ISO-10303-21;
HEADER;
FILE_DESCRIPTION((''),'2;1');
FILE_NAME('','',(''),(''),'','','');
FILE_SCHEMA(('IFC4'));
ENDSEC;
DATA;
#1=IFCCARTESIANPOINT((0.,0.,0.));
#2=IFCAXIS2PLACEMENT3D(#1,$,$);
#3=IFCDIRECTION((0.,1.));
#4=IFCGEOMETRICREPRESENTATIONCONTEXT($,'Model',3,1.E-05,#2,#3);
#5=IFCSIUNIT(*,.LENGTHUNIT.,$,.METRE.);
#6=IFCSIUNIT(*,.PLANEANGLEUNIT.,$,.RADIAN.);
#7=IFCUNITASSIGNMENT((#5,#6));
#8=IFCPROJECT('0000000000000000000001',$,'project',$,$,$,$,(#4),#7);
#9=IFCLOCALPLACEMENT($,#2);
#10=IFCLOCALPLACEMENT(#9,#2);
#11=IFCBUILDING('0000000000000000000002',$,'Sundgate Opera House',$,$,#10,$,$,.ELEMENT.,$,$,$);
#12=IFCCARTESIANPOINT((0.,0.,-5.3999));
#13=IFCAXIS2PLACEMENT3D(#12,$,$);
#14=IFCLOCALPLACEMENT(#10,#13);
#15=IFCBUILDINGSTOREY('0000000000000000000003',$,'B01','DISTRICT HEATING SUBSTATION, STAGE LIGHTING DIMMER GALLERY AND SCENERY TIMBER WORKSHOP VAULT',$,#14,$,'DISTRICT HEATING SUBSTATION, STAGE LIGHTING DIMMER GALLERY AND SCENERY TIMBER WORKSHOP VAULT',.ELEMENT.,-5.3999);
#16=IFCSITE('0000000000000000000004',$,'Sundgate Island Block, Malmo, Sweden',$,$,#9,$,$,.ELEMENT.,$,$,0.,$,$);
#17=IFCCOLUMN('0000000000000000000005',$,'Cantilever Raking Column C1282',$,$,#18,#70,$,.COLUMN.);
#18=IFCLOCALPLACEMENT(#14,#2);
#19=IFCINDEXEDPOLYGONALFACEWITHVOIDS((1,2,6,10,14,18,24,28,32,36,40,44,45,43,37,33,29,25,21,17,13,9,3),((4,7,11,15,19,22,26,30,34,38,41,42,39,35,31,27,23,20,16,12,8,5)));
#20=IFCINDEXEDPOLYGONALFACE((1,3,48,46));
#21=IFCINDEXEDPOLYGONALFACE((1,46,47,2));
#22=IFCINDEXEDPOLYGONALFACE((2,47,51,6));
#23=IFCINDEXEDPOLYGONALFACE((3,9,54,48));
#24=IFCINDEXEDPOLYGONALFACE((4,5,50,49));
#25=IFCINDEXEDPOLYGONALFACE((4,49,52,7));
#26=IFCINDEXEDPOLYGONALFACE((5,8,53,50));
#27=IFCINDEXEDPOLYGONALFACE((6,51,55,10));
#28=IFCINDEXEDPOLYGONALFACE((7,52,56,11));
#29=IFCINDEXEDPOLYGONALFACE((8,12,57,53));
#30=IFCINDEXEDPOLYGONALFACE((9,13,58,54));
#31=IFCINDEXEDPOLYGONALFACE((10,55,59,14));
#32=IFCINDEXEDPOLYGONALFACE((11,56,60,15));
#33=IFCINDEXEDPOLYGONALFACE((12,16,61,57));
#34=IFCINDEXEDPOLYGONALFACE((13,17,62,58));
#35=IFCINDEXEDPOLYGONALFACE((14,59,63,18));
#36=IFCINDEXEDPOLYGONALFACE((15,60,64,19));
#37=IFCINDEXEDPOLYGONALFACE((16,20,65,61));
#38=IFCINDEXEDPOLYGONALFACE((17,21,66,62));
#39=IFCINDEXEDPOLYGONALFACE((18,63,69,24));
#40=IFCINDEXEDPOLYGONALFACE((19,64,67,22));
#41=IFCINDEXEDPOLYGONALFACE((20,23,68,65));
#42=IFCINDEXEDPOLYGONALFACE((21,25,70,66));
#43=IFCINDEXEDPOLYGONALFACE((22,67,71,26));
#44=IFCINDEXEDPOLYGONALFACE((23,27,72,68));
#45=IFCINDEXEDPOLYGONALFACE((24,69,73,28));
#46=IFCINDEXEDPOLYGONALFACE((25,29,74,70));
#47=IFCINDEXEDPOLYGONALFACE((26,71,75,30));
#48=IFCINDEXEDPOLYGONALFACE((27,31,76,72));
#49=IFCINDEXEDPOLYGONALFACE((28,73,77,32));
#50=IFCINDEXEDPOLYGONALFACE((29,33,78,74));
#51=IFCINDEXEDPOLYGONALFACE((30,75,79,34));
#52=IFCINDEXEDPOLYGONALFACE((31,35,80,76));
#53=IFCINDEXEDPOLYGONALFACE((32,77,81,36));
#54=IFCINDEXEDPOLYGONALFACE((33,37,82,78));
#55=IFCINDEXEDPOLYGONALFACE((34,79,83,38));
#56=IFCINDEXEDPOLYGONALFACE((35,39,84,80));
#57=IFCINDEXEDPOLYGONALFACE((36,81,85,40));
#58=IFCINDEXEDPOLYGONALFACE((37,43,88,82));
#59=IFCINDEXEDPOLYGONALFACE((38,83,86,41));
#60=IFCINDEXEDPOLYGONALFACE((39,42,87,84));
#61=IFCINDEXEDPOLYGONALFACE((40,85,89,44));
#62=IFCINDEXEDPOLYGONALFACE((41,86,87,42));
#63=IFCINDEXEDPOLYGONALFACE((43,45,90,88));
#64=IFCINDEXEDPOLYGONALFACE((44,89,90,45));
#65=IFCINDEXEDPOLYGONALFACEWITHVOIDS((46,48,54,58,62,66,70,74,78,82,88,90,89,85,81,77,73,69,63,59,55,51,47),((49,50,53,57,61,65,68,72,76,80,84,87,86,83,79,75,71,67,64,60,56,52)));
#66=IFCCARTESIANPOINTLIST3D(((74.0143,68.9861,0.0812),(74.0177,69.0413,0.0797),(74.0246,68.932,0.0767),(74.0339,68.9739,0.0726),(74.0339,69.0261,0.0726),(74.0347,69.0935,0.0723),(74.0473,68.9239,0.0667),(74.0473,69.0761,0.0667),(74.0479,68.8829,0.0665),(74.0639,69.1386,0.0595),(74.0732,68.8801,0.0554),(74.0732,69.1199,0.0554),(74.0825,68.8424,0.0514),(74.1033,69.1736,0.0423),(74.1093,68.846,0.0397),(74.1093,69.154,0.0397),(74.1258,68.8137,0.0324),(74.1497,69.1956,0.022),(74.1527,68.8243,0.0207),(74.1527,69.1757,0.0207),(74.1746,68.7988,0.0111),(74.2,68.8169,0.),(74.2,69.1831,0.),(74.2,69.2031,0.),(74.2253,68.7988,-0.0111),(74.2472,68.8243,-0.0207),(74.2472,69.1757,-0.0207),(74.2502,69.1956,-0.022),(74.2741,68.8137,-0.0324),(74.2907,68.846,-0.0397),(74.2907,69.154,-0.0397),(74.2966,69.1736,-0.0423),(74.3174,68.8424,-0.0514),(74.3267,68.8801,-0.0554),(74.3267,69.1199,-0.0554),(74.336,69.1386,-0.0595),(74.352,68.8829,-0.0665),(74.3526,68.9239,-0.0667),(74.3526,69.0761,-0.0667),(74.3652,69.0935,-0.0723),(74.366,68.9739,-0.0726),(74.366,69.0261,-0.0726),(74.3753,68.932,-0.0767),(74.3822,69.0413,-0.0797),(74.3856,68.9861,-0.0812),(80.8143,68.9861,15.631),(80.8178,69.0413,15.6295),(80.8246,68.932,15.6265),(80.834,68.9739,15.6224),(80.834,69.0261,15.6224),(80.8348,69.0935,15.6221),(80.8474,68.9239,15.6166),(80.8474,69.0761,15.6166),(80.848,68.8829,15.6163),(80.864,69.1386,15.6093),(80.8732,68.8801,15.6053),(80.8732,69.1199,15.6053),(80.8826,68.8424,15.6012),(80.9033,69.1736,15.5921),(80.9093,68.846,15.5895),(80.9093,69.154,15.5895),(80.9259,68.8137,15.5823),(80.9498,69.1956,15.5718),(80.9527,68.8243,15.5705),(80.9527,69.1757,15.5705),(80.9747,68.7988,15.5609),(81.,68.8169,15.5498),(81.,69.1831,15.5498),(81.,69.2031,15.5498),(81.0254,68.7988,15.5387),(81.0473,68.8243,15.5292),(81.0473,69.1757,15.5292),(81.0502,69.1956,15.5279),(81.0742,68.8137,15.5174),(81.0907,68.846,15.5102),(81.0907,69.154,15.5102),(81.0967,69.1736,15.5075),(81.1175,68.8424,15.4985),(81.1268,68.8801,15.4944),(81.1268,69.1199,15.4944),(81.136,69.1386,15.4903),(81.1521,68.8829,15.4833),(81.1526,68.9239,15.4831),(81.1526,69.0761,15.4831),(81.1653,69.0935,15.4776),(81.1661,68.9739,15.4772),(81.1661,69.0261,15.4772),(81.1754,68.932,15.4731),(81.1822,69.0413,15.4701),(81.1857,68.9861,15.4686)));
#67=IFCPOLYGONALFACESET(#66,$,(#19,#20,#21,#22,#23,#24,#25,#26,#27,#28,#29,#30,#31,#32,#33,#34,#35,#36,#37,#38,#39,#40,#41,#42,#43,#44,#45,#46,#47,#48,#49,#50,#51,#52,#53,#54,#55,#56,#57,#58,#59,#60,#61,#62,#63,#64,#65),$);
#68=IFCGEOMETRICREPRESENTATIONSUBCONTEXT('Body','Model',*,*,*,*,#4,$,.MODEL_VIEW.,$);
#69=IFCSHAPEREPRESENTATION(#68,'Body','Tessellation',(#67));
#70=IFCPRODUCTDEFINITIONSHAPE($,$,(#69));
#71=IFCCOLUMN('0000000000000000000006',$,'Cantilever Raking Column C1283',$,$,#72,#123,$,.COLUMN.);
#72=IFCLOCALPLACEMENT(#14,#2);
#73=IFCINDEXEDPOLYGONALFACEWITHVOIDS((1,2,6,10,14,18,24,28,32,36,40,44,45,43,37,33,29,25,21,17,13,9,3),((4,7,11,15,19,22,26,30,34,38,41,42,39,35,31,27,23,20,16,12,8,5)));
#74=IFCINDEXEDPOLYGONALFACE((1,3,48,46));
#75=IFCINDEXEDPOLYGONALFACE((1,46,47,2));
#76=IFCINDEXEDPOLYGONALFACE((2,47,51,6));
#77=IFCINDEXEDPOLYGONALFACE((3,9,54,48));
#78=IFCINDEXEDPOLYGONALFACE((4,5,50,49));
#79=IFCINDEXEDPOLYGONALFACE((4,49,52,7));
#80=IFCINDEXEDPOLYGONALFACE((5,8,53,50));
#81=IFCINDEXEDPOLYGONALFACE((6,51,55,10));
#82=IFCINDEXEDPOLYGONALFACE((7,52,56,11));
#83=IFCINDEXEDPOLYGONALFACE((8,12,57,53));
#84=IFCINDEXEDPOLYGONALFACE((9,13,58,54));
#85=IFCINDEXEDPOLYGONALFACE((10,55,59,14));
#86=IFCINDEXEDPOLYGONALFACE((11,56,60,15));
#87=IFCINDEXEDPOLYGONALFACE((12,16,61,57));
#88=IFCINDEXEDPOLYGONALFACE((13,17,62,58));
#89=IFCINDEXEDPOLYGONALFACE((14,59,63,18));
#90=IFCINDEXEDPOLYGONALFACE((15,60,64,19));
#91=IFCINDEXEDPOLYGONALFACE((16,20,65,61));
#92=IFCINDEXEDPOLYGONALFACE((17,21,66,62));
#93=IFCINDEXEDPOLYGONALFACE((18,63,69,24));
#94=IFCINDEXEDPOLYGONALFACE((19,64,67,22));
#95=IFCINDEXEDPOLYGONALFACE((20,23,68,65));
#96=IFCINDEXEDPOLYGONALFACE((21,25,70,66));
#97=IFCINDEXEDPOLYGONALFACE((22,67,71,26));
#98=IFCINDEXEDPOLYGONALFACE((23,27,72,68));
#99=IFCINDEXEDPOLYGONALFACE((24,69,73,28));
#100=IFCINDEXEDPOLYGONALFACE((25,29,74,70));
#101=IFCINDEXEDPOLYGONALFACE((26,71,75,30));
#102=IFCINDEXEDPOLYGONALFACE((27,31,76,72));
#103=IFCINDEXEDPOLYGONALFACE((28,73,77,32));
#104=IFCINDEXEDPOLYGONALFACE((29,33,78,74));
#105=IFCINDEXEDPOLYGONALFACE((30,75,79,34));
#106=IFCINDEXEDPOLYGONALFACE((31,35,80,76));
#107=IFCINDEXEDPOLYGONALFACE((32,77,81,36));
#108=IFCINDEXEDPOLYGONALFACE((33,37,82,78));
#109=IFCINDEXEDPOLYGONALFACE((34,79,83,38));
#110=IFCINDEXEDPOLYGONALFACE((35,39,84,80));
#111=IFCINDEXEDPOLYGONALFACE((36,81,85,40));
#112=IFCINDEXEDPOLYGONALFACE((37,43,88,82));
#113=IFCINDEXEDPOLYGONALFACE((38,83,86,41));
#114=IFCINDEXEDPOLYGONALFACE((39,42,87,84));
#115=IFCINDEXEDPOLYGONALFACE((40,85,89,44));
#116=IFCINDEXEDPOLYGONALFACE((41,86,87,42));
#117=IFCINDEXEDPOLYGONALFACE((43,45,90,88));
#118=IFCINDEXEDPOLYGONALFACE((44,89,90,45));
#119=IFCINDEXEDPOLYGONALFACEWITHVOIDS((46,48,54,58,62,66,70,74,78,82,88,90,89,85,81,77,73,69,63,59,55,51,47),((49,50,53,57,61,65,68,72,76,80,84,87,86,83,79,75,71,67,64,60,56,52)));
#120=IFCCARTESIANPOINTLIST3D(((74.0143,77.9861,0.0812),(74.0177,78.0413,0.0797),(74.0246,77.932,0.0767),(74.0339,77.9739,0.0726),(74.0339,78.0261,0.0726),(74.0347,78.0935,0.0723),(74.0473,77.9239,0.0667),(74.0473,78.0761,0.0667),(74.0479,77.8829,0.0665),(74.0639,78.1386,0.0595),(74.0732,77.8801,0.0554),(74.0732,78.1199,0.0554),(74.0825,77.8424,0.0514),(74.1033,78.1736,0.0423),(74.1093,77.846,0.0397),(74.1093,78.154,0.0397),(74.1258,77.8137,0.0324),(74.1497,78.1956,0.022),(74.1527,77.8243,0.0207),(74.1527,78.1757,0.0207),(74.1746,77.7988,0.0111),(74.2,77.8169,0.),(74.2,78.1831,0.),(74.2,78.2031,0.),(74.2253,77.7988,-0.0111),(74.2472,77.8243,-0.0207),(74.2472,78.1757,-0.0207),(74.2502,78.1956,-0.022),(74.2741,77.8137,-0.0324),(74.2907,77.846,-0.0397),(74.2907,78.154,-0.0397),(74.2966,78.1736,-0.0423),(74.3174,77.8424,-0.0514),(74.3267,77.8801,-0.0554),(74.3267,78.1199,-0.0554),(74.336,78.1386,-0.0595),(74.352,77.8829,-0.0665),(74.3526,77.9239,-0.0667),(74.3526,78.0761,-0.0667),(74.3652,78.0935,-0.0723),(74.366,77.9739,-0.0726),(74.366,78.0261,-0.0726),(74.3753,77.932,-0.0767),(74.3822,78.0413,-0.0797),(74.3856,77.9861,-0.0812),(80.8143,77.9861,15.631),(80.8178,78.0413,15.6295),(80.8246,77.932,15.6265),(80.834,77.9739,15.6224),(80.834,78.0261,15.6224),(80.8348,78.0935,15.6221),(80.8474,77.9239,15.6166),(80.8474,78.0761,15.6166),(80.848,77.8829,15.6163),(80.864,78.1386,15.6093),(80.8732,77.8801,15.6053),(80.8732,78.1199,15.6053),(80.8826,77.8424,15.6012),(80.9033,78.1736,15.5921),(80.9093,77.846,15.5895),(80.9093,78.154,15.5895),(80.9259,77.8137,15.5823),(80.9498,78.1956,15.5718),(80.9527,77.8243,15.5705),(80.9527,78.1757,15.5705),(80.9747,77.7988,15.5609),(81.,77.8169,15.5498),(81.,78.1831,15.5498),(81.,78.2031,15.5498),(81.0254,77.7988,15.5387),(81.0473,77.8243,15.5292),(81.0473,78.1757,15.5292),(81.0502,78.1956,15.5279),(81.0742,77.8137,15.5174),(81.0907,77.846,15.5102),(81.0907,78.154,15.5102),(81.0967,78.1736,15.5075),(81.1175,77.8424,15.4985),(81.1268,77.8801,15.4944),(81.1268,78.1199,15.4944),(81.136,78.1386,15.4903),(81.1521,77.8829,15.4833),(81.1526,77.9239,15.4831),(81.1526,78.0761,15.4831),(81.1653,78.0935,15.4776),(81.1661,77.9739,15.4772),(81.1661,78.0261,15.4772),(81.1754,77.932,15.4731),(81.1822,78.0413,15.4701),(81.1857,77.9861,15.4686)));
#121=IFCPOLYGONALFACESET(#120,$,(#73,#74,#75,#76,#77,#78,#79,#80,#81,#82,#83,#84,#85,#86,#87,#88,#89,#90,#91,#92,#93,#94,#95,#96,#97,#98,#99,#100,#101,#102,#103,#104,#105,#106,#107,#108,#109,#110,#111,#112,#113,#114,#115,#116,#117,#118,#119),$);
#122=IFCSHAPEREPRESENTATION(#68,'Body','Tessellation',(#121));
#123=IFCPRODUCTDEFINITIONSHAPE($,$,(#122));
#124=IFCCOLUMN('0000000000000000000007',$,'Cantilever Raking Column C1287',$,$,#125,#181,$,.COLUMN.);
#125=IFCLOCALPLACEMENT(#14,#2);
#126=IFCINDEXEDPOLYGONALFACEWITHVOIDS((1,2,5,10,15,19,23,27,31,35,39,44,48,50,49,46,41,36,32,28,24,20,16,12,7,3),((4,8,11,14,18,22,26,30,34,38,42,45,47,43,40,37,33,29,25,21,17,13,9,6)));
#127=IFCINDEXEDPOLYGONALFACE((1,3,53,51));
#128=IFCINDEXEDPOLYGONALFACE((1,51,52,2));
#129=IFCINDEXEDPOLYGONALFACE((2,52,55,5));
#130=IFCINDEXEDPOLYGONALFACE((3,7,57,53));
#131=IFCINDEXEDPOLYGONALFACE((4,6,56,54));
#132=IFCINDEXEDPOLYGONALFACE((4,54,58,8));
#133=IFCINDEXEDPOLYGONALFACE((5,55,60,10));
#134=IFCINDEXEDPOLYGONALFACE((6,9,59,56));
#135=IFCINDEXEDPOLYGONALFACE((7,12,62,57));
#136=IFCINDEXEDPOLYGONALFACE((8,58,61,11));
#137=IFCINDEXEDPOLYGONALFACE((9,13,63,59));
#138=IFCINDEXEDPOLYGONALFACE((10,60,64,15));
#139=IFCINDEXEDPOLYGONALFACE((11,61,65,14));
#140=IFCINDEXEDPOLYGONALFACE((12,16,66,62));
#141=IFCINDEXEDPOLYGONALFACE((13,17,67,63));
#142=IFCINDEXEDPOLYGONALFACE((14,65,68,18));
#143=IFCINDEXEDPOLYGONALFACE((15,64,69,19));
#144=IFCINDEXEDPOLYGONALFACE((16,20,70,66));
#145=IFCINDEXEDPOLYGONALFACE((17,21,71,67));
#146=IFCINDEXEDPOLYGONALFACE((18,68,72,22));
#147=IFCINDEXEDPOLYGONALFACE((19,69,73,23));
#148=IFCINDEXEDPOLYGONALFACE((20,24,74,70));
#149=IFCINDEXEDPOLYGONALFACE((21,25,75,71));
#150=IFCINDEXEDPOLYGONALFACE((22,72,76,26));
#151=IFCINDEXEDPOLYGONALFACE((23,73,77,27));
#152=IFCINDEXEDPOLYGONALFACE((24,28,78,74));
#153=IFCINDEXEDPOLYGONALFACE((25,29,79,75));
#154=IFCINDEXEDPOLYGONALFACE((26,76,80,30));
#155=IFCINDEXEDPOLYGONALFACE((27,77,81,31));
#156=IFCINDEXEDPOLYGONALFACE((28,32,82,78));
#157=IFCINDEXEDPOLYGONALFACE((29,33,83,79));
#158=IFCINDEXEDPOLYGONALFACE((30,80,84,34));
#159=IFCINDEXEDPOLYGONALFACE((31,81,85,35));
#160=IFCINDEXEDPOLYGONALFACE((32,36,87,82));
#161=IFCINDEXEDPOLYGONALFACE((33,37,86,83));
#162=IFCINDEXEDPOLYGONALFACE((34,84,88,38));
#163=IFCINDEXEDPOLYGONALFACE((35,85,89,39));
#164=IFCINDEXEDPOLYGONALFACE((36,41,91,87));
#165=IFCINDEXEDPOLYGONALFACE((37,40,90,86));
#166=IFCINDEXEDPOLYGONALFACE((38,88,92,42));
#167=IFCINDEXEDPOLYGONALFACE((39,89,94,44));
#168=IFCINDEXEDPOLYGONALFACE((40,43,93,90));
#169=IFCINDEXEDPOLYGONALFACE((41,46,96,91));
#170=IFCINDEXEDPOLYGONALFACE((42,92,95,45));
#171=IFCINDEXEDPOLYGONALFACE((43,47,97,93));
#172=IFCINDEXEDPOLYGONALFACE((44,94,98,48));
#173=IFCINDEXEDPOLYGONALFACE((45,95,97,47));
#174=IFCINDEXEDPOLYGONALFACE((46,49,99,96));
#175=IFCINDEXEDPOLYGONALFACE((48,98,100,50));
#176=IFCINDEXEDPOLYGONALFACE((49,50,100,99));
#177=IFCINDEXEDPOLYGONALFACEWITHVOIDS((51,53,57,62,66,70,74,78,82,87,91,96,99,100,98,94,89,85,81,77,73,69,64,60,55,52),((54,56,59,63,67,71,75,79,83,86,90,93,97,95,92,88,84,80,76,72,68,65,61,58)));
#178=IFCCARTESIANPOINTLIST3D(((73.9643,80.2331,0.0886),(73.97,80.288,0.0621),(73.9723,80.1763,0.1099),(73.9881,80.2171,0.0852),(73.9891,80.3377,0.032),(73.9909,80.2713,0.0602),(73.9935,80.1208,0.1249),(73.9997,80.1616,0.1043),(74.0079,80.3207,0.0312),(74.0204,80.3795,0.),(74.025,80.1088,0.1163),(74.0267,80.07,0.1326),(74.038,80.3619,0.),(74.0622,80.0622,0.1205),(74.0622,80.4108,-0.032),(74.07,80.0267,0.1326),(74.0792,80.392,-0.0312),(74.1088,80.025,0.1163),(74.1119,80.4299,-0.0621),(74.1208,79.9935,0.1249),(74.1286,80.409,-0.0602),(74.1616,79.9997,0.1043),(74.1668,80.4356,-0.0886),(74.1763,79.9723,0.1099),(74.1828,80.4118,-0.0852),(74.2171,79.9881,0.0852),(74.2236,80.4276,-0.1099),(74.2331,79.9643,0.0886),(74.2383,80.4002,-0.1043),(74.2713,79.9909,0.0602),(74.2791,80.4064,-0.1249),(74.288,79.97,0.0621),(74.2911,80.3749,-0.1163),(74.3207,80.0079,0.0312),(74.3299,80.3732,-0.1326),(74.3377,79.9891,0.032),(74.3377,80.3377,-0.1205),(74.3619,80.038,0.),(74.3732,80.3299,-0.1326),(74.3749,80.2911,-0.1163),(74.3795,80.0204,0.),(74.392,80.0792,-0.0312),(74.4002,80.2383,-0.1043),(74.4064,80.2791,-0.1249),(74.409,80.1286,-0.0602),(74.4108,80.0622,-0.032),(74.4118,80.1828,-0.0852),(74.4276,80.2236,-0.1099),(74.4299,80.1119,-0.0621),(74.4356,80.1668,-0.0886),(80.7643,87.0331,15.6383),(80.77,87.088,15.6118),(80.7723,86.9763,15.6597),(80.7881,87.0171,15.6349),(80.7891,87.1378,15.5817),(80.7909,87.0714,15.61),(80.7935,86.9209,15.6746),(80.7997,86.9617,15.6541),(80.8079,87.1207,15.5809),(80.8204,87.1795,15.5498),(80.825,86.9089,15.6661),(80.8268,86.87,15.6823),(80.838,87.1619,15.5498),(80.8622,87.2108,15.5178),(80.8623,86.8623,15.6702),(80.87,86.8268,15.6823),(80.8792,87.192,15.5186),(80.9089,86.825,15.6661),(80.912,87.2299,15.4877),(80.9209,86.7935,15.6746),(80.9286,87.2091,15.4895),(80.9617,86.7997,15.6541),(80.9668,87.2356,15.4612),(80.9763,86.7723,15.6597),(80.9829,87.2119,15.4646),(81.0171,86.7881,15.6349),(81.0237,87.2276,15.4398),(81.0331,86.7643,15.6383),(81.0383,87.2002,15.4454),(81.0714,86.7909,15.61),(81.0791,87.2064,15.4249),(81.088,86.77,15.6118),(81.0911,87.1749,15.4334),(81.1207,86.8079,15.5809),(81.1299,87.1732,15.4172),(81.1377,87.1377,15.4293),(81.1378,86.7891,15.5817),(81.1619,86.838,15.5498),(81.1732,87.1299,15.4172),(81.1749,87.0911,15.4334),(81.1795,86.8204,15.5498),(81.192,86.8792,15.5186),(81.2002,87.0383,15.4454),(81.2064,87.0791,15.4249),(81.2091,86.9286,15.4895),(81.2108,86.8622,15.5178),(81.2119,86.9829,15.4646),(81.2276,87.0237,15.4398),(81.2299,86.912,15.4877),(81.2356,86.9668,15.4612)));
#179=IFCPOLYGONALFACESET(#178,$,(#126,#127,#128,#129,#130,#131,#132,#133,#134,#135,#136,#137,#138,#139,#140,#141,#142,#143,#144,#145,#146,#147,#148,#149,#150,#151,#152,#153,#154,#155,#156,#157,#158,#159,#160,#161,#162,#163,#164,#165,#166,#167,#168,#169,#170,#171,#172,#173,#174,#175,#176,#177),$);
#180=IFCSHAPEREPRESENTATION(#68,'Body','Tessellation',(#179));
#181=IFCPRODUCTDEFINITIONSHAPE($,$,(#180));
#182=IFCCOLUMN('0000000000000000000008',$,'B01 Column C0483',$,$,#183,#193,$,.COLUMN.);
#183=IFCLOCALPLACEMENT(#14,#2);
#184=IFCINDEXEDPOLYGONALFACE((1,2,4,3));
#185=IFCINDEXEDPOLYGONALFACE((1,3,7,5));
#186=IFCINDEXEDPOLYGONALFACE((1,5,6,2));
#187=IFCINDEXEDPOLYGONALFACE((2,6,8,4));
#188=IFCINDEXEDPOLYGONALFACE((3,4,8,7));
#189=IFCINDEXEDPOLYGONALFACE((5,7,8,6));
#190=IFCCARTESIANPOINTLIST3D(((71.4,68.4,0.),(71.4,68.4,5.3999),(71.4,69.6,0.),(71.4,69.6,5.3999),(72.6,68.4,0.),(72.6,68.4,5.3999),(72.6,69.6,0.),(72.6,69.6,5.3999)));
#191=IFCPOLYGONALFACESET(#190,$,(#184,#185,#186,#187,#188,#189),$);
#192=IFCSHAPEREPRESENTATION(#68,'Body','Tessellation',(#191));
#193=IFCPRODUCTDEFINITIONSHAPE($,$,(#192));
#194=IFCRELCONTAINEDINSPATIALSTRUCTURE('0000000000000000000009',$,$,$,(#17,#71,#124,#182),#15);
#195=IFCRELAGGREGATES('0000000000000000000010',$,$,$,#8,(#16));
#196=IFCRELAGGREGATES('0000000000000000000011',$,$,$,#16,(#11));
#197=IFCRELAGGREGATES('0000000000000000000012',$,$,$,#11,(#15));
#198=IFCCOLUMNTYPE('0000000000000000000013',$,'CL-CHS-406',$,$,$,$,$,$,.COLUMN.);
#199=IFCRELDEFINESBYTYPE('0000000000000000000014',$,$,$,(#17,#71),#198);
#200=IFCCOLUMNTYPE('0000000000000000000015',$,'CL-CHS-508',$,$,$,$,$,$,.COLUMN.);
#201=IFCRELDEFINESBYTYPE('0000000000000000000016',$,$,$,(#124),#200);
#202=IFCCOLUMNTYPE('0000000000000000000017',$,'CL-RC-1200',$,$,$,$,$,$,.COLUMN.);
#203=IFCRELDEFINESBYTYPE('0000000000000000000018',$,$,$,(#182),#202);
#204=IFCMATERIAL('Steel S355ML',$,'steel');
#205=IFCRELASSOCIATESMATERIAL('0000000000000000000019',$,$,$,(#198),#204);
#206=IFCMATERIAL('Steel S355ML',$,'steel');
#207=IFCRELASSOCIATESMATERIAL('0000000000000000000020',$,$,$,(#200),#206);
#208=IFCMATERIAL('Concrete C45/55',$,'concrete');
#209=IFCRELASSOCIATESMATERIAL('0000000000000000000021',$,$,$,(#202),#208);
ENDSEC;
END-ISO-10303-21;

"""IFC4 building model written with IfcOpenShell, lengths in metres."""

from ifc_helpers import new_model, si_unit, direction, frame, origin, origin_2d, place, context, subcontext, project, spatial, rectangle, hollow_circle, extrude, material, material_profile, profile_set, type_object, element, save


model = new_model("IFC4")

# Units and contexts
model_context = context("Model", 3, precision=1e-05, world=origin(), true_north=direction((0.0, 1.0)))
body_context = subcontext(model_context, "Body", "Model", "MODEL_VIEW")
ifc_project = project(units=[si_unit("LENGTHUNIT", "METRE"), si_unit("PLANEANGLEUNIT", "RADIAN")], contexts=[model_context])

# Site, building, storey
site_placement = place(None, origin())
site = spatial("IfcSite", under=ifc_project, at=site_placement, Name="Sundgate Island Block, Malmo, Sweden", CompositionType="ELEMENT", RefElevation=0.0)
building_placement = place(site_placement, origin())
building = spatial("IfcBuilding", under=site, at=building_placement, Name="Sundgate Opera House", CompositionType="ELEMENT")
storey_placement = place(building_placement, frame((0.0, 0.0, -5.3999)))
storey = spatial("IfcBuildingStorey", under=building, at=storey_placement, Name="B01", Description="DISTRICT HEATING SUBSTATION, STAGE LIGHTING DIMMER GALLERY AND SCENERY TIMBER WORKSHOP VAULT", LongName="DISTRICT HEATING SUBSTATION, STAGE LIGHTING DIMMER GALLERY AND SCENERY TIMBER WORKSHOP VAULT", CompositionType="ELEMENT", Elevation=-5.3999)

# Columns
ifc_material_1 = material(Name="Steel S355ML", Category="steel")
ifc_material_profile_1 = material_profile(ifc_material_1, hollow_circle(Radius=0.2031, WallThickness=0.02, at=origin_2d()), Name="CHS 406.4x20.0")
ifc_profile_set_1 = profile_set([ifc_material_profile_1], Name="Steel S355ML")
column_type_1 = type_object("IfcColumnType", Name="CL-CHS-406", PredefinedType="COLUMN", material=ifc_profile_set_1)
for number, where, z_axis, x_axis, name in (
    (1, (74.2, 69.0, 0.0), (0.400671, 0.0, 0.916222), (0.0, 1.0, 0.0), "Cantilever Raking Column C1282"),
    (2, (74.2, 78.0, 0.0), (0.400671, 0.0, 0.916222), (0.0, 1.0, 0.0), "Cantilever Raking Column C1283"),
):
    element("IfcColumn", number, at=place(storey_placement, frame(where, z_axis=z_axis, x_axis=x_axis)), inside=storey, type_object=column_type_1, Name=name, PredefinedType="COLUMN", context=body_context, shape_type="SweptSolid", body=[
        extrude(hollow_circle(Radius=0.2031, WallThickness=0.02, at=origin_2d()), origin(), (0.0, 0.0, 1.0), 16.9717),
    ])
ifc_material_2 = material(Name="Steel S355ML", Category="steel")
ifc_material_profile_2 = material_profile(ifc_material_2, hollow_circle(Radius=0.2539, WallThickness=0.0249, at=origin_2d()), Name="CHS 508x25.0")
ifc_profile_set_2 = profile_set([ifc_material_profile_2], Name="Steel S355ML")
column_type_2 = type_object("IfcColumnType", Name="CL-CHS-508", PredefinedType="COLUMN", material=ifc_profile_set_2)
column_1_placement = place(storey_placement, frame((74.2, 80.2, 0.0), z_axis=(0.371928, 0.371928, 0.850494), x_axis=(-0.707107, 0.707107, 0.0)))
element("IfcColumn", 3, at=column_1_placement, inside=storey, type_object=column_type_2, Name="Cantilever Raking Column C1287", PredefinedType="COLUMN", context=body_context, shape_type="SweptSolid", body=[
    extrude(hollow_circle(Radius=0.2539, WallThickness=0.0249, at=origin_2d()), origin(), (0.0, 0.0, 1.0), 18.2832),
])
ifc_material_3 = material(Name="Concrete C45/55", Category="concrete")
ifc_material_profile_3 = material_profile(ifc_material_3, rectangle(XDim=1.2, YDim=1.2, at=origin_2d()), Name="RC 1200x1200")
ifc_profile_set_3 = profile_set([ifc_material_profile_3], Name="Concrete C45/55")
column_type_3 = type_object("IfcColumnType", Name="CL-RC-1200", PredefinedType="COLUMN", material=ifc_profile_set_3)
for number, where, z_axis, x_axis, name in (
    (4, (72.0, 69.0, 0.0), (0.0, 0.0, 1.0), (1.0, 0.0, 0.0), "B01 Column C0483"),
):
    element("IfcColumn", number, at=place(storey_placement, frame(where, z_axis=z_axis, x_axis=x_axis)), inside=storey, type_object=column_type_3, Name=name, PredefinedType="COLUMN", context=body_context, shape_type="SweptSolid", body=[
        extrude(rectangle(XDim=1.2, YDim=1.2, at=origin_2d()), origin(), (0.0, 0.0, 1.0), 5.3999),
    ])

save(model, "model.ifc")
